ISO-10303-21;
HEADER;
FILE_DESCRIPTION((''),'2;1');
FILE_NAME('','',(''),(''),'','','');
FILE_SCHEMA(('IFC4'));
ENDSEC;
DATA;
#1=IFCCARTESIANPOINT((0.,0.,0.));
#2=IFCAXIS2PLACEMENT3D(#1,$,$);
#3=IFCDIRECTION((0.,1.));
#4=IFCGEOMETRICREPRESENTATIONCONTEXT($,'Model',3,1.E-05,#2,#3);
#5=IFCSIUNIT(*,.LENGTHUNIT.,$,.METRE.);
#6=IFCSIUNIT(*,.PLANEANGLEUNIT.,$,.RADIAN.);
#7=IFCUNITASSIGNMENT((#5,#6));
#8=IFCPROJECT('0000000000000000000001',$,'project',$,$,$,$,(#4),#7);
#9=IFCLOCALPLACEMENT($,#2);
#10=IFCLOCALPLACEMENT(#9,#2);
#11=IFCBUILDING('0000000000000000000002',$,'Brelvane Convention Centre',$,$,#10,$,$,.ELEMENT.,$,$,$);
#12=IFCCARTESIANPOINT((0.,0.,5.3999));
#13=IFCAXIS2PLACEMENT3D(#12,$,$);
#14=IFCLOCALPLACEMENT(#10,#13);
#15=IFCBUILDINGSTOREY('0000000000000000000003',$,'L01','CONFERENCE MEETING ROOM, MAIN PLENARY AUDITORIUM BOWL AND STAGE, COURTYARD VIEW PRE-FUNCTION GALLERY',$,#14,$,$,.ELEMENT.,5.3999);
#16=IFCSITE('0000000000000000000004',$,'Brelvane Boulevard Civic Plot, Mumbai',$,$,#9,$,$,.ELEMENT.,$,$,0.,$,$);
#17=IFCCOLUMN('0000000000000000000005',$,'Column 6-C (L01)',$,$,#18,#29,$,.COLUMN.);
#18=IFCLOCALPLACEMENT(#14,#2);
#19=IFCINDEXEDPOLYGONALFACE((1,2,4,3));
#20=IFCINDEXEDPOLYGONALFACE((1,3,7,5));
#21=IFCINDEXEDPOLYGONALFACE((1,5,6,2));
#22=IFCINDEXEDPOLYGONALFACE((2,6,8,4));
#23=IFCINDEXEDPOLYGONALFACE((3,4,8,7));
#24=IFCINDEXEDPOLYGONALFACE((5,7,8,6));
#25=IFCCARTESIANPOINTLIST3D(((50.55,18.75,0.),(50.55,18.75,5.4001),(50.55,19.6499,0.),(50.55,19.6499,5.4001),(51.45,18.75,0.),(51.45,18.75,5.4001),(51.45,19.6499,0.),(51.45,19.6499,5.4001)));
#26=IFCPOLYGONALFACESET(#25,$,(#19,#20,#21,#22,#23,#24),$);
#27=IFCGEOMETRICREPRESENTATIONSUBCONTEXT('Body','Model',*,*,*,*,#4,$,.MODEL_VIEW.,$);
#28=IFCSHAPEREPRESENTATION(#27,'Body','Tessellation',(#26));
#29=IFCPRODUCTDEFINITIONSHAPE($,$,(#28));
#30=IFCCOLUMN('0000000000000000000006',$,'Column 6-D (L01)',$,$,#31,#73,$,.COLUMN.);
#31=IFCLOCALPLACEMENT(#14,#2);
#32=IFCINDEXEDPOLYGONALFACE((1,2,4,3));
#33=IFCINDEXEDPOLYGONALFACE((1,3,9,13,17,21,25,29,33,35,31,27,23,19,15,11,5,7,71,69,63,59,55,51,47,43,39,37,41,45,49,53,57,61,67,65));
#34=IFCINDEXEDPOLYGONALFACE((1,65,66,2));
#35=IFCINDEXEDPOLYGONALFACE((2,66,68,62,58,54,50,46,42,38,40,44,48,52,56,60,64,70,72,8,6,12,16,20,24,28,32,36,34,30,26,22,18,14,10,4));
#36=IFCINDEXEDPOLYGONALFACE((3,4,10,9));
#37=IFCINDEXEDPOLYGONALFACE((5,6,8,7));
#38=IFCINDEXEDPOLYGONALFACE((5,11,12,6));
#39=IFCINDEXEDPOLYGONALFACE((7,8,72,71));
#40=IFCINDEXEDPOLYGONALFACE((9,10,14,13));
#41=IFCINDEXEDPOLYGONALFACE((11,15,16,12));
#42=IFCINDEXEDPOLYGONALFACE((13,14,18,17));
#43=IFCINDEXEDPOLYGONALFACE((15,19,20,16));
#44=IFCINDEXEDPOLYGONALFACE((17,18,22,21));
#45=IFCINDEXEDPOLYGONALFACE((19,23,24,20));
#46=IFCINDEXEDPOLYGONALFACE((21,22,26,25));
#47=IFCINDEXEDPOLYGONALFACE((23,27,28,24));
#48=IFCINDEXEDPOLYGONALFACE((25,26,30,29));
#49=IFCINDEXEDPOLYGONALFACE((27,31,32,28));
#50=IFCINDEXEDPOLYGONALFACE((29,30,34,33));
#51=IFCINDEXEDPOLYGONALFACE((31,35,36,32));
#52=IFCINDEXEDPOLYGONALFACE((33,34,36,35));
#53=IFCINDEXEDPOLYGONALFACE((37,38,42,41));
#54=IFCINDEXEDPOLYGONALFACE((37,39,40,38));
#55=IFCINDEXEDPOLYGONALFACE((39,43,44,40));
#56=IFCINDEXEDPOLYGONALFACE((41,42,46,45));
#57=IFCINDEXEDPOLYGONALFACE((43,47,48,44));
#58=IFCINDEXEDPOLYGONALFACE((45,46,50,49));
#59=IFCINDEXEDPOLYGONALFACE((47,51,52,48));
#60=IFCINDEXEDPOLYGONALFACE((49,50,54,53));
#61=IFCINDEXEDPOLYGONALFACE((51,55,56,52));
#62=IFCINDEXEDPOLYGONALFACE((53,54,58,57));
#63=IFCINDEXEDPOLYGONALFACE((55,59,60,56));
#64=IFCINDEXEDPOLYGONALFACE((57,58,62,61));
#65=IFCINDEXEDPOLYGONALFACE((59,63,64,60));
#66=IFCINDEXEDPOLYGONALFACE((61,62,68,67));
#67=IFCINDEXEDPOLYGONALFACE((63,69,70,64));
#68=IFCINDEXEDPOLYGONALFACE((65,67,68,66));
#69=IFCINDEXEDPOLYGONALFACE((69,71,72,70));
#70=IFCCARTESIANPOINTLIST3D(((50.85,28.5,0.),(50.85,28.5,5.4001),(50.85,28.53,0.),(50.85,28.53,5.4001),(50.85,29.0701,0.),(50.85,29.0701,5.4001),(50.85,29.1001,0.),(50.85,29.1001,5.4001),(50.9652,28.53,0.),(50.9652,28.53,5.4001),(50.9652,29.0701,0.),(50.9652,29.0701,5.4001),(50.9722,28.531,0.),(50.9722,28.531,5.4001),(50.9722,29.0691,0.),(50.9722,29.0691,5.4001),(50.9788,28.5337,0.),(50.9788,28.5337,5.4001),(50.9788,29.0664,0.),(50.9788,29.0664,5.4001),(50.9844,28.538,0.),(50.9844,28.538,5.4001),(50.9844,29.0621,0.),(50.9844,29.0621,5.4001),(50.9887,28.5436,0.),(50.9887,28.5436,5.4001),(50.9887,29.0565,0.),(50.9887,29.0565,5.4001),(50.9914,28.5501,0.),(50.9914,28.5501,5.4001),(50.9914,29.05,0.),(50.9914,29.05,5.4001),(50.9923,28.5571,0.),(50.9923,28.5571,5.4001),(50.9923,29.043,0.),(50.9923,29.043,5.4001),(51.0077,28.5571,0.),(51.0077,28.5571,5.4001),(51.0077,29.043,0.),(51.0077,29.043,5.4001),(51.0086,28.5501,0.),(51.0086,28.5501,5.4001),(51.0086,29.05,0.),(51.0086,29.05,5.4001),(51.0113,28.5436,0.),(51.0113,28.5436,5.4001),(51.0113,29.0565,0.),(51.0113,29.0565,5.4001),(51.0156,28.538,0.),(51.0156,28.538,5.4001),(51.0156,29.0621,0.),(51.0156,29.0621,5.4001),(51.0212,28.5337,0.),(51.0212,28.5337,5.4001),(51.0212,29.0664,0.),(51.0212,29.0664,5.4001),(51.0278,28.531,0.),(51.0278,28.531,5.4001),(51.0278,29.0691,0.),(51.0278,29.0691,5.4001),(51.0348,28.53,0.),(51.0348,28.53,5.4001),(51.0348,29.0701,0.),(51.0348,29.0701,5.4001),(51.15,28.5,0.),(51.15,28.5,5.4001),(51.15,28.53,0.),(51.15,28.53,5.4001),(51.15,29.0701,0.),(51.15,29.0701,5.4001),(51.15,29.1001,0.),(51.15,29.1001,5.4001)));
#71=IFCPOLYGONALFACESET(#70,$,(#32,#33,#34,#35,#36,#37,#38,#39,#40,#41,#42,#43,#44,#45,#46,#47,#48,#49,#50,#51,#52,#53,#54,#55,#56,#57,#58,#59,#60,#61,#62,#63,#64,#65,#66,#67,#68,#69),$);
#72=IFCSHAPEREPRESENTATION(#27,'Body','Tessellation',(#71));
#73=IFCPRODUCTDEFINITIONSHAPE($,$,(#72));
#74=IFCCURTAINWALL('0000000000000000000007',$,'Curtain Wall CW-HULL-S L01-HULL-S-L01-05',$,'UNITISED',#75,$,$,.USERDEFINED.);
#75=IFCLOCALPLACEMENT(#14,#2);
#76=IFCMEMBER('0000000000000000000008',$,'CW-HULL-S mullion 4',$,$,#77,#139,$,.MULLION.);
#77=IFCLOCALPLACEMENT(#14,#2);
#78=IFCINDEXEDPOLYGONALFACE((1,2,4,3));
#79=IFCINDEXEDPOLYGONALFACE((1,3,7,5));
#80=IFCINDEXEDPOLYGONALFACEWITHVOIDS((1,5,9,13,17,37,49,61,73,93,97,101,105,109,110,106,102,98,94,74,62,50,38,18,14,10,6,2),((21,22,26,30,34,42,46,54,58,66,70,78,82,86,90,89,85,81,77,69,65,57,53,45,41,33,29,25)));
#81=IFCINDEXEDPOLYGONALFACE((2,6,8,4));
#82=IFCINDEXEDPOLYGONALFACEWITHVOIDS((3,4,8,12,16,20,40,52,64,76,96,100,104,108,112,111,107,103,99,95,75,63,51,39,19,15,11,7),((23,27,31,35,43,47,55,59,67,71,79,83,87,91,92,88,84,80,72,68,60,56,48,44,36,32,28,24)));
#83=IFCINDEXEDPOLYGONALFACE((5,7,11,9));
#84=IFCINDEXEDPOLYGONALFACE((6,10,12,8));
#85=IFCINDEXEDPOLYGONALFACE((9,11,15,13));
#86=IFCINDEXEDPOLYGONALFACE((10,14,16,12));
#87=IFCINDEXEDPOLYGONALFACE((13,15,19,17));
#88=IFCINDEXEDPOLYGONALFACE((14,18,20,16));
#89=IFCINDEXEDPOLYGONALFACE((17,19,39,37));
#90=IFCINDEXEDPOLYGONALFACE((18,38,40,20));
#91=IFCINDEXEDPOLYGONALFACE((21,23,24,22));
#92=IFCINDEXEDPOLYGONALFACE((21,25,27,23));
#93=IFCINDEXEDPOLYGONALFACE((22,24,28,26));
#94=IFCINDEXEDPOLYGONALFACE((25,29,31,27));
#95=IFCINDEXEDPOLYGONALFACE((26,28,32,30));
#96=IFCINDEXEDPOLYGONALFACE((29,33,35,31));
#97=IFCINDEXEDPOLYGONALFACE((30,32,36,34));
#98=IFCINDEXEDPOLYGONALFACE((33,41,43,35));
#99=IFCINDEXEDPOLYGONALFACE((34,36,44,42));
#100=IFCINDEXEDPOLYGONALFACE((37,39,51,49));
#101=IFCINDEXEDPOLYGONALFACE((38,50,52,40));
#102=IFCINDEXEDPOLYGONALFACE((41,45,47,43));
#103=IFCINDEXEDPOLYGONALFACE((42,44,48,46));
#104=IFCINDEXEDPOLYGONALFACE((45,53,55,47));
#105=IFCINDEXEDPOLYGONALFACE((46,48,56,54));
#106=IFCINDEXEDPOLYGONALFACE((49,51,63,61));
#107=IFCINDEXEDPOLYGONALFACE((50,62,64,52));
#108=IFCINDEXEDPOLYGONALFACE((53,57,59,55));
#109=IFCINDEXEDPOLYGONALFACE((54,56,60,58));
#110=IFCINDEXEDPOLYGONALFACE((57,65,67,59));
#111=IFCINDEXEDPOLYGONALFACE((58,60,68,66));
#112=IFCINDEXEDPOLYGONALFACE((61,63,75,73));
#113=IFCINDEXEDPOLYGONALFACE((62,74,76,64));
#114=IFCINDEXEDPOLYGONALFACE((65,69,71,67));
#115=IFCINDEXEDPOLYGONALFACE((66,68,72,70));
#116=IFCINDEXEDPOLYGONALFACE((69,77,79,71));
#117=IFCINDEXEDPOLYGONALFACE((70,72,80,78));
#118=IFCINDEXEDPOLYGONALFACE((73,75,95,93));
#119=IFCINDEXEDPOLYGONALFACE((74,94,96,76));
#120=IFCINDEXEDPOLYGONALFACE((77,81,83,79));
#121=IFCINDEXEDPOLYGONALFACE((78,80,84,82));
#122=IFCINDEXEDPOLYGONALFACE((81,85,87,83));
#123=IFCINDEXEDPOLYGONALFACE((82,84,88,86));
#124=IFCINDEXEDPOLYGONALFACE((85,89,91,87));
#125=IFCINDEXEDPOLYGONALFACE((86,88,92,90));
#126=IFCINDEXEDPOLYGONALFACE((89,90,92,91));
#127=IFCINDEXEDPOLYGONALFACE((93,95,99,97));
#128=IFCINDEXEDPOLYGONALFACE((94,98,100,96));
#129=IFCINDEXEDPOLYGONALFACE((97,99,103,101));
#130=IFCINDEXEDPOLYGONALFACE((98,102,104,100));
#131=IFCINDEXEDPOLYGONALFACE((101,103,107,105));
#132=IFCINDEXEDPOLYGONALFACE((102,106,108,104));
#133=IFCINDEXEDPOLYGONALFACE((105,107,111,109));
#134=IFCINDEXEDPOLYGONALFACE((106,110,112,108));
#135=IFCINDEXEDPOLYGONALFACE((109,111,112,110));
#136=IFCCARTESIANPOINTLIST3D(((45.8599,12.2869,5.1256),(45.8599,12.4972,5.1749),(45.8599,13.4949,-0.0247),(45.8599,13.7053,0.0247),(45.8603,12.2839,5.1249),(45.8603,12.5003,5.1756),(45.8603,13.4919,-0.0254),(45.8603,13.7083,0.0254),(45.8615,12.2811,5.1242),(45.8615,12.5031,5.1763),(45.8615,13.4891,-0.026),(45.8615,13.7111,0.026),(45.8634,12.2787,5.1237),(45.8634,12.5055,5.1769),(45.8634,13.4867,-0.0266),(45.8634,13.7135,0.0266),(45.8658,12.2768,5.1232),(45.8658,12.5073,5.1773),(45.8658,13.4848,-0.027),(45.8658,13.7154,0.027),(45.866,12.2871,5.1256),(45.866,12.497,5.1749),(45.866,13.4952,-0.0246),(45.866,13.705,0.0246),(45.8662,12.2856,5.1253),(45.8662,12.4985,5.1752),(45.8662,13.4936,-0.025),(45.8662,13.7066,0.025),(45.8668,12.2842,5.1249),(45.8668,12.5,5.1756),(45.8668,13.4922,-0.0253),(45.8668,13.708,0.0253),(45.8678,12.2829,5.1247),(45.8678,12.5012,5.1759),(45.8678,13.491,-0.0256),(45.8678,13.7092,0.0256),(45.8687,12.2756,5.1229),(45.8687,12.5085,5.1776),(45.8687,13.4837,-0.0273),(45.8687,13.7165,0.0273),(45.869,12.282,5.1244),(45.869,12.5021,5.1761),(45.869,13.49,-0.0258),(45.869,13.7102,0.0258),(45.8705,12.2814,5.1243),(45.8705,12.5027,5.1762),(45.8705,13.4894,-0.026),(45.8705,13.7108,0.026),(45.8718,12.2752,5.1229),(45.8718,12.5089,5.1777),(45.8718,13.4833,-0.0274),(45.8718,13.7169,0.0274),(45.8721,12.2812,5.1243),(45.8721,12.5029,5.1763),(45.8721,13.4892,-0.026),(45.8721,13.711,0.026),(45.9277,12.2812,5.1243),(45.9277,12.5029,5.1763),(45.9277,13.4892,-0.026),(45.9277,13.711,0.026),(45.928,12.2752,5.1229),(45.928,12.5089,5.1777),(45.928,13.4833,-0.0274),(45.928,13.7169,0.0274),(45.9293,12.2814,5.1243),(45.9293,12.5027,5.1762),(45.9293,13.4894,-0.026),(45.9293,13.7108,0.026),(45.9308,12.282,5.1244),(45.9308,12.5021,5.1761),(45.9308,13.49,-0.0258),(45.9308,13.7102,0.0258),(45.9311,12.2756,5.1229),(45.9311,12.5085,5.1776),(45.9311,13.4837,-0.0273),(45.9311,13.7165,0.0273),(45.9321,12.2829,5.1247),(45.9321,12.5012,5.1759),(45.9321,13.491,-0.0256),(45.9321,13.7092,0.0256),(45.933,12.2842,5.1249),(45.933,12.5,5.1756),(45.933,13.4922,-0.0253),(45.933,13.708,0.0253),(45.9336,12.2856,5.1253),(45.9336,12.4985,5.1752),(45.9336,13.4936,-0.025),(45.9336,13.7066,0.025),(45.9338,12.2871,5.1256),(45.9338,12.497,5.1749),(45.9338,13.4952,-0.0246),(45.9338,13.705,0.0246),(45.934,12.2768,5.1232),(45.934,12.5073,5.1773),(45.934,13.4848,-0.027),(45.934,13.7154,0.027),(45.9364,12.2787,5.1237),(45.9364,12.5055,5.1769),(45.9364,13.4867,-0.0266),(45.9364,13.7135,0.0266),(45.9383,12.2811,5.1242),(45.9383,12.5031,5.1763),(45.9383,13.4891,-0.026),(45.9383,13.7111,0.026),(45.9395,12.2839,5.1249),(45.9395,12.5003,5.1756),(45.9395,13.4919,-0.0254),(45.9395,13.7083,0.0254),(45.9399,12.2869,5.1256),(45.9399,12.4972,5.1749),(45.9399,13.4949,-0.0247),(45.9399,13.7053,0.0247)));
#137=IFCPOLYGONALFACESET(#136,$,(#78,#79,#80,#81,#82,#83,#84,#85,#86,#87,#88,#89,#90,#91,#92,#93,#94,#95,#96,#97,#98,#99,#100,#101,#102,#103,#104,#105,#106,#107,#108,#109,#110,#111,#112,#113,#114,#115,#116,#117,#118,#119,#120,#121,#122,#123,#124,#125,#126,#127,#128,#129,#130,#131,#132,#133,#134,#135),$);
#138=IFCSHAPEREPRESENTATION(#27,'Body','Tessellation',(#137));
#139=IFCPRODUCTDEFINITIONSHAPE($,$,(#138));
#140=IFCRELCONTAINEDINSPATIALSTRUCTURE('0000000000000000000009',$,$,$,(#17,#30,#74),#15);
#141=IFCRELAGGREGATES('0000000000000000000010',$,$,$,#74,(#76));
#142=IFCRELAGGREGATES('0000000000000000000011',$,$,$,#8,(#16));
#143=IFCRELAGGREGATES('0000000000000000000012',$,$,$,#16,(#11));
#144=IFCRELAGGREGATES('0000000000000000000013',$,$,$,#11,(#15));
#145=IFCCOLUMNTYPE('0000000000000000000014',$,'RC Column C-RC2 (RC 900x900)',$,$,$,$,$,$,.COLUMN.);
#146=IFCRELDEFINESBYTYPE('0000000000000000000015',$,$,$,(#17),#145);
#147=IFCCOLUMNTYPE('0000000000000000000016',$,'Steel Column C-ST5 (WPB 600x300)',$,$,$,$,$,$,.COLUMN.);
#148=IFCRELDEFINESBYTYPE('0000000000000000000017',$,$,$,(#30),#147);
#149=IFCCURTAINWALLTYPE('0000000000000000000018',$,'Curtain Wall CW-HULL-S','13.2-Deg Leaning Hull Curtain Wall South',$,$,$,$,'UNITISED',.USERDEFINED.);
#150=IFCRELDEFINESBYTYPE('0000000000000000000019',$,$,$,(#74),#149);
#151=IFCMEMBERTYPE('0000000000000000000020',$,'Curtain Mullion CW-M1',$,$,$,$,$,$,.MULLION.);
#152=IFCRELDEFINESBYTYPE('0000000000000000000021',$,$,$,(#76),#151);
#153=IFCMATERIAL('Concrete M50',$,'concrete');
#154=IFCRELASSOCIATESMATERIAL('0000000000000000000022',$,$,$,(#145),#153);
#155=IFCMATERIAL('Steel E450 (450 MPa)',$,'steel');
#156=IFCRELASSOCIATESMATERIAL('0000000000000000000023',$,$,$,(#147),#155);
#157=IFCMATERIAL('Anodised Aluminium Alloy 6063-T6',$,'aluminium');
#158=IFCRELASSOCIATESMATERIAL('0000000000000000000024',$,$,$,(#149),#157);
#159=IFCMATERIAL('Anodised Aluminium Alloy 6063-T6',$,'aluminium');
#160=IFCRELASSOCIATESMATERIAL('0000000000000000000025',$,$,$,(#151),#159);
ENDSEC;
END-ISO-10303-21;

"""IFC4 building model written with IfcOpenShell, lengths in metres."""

from ifc_helpers import new_model, si_unit, direction, frame, origin, origin_2d, place, context, subcontext, project, spatial, rectangle, hollow_rectangle, i_section, extrude, material, material_profile, profile_set, type_object, element, aggregate, save


model = new_model("IFC4")

# Units and contexts
model_context = context("Model", 3, precision=1e-05, world=origin(), true_north=direction((0.0, 1.0)))
body_context = subcontext(model_context, "Body", "Model", "MODEL_VIEW")
ifc_project = project(units=[si_unit("LENGTHUNIT", "METRE"), si_unit("PLANEANGLEUNIT", "RADIAN")], contexts=[model_context])

# Site, building, storey
site_placement = place(None, origin())
site = spatial("IfcSite", under=ifc_project, at=site_placement, Name="Brelvane Boulevard Civic Plot, Mumbai", CompositionType="ELEMENT", RefElevation=0.0)
building_placement = place(site_placement, origin())
building = spatial("IfcBuilding", under=site, at=building_placement, Name="Brelvane Convention Centre", CompositionType="ELEMENT")
storey_placement = place(building_placement, frame((0.0, 0.0, 5.3999)))
storey = spatial("IfcBuildingStorey", under=building, at=storey_placement, Name="L01", Description="CONFERENCE MEETING ROOM, MAIN PLENARY AUDITORIUM BOWL AND STAGE, COURTYARD VIEW PRE-FUNCTION GALLERY", CompositionType="ELEMENT", Elevation=5.3999)

# Columns
ifc_material_1 = material(Name="Concrete M50", Category="concrete")
ifc_material_profile_1 = material_profile(ifc_material_1, rectangle(XDim=0.8999, YDim=0.8999, at=origin_2d()), Name="RC 900x900")
ifc_profile_set_1 = profile_set([ifc_material_profile_1], Name="Concrete M50")
column_type_1 = type_object("IfcColumnType", Name="RC Column C-RC2 (RC 900x900)", PredefinedType="COLUMN", material=ifc_profile_set_1)
column_1_placement = place(storey_placement, frame((51.0, 19.2, 0.0), z_axis=(0.0, 0.0, 1.0), x_axis=(1.0, 0.0, 0.0)))
element("IfcColumn", 1, at=column_1_placement, inside=storey, type_object=column_type_1, Name="Column 6-C (L01)", PredefinedType="COLUMN", context=body_context, shape_type="SweptSolid", body=[
    extrude(rectangle(XDim=0.8999, YDim=0.8999, at=origin_2d()), origin(), (0.0, 0.0, 1.0), 5.4001),
])
ifc_material_2 = material(Name="Steel E450 (450 MPa)", Category="steel")
ifc_material_profile_2 = material_profile(ifc_material_2, i_section(OverallWidth=0.3, OverallDepth=0.6001, WebThickness=0.0154, FlangeThickness=0.03, FilletRadius=0.0271, at=origin_2d()), Name="WPB 600x300")
ifc_profile_set_2 = profile_set([ifc_material_profile_2], Name="Steel E450 (450 MPa)")
column_type_2 = type_object("IfcColumnType", Name="Steel Column C-ST5 (WPB 600x300)", PredefinedType="COLUMN", material=ifc_profile_set_2)
column_2_placement = place(storey_placement, frame((51.0, 28.8, 0.0), z_axis=(0.0, 0.0, 1.0), x_axis=(1.0, 0.0, 0.0)))
element("IfcColumn", 2, at=column_2_placement, inside=storey, type_object=column_type_2, Name="Column 6-D (L01)", PredefinedType="COLUMN", context=body_context, shape_type="SweptSolid", body=[
    extrude(i_section(OverallWidth=0.3, OverallDepth=0.6001, WebThickness=0.0154, FlangeThickness=0.03, FilletRadius=0.0271, at=origin_2d()), origin(), (0.0, 0.0, 1.0), 5.4001),
])

# Curtain wall, member
ifc_material_3 = material(Name="Anodised Aluminium Alloy 6063-T6", Category="aluminium")
curtain_wall_type = type_object("IfcCurtainWallType", Name="Curtain Wall CW-HULL-S", Description="13.2-Deg Leaning Hull Curtain Wall South", ElementType="UNITISED", PredefinedType="USERDEFINED", material=ifc_material_3)
curtain_wall_1_placement = place(storey_placement, origin())
curtain_wall_1 = element("IfcCurtainWall", 3, at=curtain_wall_1_placement, inside=storey, type_object=curtain_wall_type, Name="Curtain Wall CW-HULL-S L01-HULL-S-L01-05", ObjectType="UNITISED", PredefinedType="USERDEFINED")
ifc_material_4 = material(Name="Anodised Aluminium Alloy 6063-T6", Category="aluminium")
ifc_material_profile_3 = material_profile(ifc_material_4, hollow_rectangle(XDim=0.0801, YDim=0.24, WallThickness=0.0061, InnerFilletRadius=0.0061, OuterFilletRadius=0.012, at=origin_2d()), Name="ALU-M 240x80x6.0")
ifc_profile_set_3 = profile_set([ifc_material_profile_3], Name="Anodised Aluminium Alloy 6063-T6")
member_type_1 = type_object("IfcMemberType", Name="Curtain Mullion CW-M1", PredefinedType="MULLION", material=ifc_profile_set_3)
member_1_placement = place(storey_placement, frame((45.8999, 13.6001, 0.0), z_axis=(0.0, -0.22836, 0.973577), x_axis=(1.0, 0.0, 0.0)))
member_1 = element("IfcMember", 4, at=member_1_placement, type_object=member_type_1, Name="CW-HULL-S mullion 4", PredefinedType="MULLION", context=body_context, shape_type="SweptSolid", body=[
    extrude(hollow_rectangle(XDim=0.0801, YDim=0.24, WallThickness=0.0061, InnerFilletRadius=0.0061, OuterFilletRadius=0.012, at=origin_2d()), origin(), (0.0, 0.0, 1.0), 5.29),
])

aggregate(curtain_wall_1, [member_1])

save(model, "model.ifc")
